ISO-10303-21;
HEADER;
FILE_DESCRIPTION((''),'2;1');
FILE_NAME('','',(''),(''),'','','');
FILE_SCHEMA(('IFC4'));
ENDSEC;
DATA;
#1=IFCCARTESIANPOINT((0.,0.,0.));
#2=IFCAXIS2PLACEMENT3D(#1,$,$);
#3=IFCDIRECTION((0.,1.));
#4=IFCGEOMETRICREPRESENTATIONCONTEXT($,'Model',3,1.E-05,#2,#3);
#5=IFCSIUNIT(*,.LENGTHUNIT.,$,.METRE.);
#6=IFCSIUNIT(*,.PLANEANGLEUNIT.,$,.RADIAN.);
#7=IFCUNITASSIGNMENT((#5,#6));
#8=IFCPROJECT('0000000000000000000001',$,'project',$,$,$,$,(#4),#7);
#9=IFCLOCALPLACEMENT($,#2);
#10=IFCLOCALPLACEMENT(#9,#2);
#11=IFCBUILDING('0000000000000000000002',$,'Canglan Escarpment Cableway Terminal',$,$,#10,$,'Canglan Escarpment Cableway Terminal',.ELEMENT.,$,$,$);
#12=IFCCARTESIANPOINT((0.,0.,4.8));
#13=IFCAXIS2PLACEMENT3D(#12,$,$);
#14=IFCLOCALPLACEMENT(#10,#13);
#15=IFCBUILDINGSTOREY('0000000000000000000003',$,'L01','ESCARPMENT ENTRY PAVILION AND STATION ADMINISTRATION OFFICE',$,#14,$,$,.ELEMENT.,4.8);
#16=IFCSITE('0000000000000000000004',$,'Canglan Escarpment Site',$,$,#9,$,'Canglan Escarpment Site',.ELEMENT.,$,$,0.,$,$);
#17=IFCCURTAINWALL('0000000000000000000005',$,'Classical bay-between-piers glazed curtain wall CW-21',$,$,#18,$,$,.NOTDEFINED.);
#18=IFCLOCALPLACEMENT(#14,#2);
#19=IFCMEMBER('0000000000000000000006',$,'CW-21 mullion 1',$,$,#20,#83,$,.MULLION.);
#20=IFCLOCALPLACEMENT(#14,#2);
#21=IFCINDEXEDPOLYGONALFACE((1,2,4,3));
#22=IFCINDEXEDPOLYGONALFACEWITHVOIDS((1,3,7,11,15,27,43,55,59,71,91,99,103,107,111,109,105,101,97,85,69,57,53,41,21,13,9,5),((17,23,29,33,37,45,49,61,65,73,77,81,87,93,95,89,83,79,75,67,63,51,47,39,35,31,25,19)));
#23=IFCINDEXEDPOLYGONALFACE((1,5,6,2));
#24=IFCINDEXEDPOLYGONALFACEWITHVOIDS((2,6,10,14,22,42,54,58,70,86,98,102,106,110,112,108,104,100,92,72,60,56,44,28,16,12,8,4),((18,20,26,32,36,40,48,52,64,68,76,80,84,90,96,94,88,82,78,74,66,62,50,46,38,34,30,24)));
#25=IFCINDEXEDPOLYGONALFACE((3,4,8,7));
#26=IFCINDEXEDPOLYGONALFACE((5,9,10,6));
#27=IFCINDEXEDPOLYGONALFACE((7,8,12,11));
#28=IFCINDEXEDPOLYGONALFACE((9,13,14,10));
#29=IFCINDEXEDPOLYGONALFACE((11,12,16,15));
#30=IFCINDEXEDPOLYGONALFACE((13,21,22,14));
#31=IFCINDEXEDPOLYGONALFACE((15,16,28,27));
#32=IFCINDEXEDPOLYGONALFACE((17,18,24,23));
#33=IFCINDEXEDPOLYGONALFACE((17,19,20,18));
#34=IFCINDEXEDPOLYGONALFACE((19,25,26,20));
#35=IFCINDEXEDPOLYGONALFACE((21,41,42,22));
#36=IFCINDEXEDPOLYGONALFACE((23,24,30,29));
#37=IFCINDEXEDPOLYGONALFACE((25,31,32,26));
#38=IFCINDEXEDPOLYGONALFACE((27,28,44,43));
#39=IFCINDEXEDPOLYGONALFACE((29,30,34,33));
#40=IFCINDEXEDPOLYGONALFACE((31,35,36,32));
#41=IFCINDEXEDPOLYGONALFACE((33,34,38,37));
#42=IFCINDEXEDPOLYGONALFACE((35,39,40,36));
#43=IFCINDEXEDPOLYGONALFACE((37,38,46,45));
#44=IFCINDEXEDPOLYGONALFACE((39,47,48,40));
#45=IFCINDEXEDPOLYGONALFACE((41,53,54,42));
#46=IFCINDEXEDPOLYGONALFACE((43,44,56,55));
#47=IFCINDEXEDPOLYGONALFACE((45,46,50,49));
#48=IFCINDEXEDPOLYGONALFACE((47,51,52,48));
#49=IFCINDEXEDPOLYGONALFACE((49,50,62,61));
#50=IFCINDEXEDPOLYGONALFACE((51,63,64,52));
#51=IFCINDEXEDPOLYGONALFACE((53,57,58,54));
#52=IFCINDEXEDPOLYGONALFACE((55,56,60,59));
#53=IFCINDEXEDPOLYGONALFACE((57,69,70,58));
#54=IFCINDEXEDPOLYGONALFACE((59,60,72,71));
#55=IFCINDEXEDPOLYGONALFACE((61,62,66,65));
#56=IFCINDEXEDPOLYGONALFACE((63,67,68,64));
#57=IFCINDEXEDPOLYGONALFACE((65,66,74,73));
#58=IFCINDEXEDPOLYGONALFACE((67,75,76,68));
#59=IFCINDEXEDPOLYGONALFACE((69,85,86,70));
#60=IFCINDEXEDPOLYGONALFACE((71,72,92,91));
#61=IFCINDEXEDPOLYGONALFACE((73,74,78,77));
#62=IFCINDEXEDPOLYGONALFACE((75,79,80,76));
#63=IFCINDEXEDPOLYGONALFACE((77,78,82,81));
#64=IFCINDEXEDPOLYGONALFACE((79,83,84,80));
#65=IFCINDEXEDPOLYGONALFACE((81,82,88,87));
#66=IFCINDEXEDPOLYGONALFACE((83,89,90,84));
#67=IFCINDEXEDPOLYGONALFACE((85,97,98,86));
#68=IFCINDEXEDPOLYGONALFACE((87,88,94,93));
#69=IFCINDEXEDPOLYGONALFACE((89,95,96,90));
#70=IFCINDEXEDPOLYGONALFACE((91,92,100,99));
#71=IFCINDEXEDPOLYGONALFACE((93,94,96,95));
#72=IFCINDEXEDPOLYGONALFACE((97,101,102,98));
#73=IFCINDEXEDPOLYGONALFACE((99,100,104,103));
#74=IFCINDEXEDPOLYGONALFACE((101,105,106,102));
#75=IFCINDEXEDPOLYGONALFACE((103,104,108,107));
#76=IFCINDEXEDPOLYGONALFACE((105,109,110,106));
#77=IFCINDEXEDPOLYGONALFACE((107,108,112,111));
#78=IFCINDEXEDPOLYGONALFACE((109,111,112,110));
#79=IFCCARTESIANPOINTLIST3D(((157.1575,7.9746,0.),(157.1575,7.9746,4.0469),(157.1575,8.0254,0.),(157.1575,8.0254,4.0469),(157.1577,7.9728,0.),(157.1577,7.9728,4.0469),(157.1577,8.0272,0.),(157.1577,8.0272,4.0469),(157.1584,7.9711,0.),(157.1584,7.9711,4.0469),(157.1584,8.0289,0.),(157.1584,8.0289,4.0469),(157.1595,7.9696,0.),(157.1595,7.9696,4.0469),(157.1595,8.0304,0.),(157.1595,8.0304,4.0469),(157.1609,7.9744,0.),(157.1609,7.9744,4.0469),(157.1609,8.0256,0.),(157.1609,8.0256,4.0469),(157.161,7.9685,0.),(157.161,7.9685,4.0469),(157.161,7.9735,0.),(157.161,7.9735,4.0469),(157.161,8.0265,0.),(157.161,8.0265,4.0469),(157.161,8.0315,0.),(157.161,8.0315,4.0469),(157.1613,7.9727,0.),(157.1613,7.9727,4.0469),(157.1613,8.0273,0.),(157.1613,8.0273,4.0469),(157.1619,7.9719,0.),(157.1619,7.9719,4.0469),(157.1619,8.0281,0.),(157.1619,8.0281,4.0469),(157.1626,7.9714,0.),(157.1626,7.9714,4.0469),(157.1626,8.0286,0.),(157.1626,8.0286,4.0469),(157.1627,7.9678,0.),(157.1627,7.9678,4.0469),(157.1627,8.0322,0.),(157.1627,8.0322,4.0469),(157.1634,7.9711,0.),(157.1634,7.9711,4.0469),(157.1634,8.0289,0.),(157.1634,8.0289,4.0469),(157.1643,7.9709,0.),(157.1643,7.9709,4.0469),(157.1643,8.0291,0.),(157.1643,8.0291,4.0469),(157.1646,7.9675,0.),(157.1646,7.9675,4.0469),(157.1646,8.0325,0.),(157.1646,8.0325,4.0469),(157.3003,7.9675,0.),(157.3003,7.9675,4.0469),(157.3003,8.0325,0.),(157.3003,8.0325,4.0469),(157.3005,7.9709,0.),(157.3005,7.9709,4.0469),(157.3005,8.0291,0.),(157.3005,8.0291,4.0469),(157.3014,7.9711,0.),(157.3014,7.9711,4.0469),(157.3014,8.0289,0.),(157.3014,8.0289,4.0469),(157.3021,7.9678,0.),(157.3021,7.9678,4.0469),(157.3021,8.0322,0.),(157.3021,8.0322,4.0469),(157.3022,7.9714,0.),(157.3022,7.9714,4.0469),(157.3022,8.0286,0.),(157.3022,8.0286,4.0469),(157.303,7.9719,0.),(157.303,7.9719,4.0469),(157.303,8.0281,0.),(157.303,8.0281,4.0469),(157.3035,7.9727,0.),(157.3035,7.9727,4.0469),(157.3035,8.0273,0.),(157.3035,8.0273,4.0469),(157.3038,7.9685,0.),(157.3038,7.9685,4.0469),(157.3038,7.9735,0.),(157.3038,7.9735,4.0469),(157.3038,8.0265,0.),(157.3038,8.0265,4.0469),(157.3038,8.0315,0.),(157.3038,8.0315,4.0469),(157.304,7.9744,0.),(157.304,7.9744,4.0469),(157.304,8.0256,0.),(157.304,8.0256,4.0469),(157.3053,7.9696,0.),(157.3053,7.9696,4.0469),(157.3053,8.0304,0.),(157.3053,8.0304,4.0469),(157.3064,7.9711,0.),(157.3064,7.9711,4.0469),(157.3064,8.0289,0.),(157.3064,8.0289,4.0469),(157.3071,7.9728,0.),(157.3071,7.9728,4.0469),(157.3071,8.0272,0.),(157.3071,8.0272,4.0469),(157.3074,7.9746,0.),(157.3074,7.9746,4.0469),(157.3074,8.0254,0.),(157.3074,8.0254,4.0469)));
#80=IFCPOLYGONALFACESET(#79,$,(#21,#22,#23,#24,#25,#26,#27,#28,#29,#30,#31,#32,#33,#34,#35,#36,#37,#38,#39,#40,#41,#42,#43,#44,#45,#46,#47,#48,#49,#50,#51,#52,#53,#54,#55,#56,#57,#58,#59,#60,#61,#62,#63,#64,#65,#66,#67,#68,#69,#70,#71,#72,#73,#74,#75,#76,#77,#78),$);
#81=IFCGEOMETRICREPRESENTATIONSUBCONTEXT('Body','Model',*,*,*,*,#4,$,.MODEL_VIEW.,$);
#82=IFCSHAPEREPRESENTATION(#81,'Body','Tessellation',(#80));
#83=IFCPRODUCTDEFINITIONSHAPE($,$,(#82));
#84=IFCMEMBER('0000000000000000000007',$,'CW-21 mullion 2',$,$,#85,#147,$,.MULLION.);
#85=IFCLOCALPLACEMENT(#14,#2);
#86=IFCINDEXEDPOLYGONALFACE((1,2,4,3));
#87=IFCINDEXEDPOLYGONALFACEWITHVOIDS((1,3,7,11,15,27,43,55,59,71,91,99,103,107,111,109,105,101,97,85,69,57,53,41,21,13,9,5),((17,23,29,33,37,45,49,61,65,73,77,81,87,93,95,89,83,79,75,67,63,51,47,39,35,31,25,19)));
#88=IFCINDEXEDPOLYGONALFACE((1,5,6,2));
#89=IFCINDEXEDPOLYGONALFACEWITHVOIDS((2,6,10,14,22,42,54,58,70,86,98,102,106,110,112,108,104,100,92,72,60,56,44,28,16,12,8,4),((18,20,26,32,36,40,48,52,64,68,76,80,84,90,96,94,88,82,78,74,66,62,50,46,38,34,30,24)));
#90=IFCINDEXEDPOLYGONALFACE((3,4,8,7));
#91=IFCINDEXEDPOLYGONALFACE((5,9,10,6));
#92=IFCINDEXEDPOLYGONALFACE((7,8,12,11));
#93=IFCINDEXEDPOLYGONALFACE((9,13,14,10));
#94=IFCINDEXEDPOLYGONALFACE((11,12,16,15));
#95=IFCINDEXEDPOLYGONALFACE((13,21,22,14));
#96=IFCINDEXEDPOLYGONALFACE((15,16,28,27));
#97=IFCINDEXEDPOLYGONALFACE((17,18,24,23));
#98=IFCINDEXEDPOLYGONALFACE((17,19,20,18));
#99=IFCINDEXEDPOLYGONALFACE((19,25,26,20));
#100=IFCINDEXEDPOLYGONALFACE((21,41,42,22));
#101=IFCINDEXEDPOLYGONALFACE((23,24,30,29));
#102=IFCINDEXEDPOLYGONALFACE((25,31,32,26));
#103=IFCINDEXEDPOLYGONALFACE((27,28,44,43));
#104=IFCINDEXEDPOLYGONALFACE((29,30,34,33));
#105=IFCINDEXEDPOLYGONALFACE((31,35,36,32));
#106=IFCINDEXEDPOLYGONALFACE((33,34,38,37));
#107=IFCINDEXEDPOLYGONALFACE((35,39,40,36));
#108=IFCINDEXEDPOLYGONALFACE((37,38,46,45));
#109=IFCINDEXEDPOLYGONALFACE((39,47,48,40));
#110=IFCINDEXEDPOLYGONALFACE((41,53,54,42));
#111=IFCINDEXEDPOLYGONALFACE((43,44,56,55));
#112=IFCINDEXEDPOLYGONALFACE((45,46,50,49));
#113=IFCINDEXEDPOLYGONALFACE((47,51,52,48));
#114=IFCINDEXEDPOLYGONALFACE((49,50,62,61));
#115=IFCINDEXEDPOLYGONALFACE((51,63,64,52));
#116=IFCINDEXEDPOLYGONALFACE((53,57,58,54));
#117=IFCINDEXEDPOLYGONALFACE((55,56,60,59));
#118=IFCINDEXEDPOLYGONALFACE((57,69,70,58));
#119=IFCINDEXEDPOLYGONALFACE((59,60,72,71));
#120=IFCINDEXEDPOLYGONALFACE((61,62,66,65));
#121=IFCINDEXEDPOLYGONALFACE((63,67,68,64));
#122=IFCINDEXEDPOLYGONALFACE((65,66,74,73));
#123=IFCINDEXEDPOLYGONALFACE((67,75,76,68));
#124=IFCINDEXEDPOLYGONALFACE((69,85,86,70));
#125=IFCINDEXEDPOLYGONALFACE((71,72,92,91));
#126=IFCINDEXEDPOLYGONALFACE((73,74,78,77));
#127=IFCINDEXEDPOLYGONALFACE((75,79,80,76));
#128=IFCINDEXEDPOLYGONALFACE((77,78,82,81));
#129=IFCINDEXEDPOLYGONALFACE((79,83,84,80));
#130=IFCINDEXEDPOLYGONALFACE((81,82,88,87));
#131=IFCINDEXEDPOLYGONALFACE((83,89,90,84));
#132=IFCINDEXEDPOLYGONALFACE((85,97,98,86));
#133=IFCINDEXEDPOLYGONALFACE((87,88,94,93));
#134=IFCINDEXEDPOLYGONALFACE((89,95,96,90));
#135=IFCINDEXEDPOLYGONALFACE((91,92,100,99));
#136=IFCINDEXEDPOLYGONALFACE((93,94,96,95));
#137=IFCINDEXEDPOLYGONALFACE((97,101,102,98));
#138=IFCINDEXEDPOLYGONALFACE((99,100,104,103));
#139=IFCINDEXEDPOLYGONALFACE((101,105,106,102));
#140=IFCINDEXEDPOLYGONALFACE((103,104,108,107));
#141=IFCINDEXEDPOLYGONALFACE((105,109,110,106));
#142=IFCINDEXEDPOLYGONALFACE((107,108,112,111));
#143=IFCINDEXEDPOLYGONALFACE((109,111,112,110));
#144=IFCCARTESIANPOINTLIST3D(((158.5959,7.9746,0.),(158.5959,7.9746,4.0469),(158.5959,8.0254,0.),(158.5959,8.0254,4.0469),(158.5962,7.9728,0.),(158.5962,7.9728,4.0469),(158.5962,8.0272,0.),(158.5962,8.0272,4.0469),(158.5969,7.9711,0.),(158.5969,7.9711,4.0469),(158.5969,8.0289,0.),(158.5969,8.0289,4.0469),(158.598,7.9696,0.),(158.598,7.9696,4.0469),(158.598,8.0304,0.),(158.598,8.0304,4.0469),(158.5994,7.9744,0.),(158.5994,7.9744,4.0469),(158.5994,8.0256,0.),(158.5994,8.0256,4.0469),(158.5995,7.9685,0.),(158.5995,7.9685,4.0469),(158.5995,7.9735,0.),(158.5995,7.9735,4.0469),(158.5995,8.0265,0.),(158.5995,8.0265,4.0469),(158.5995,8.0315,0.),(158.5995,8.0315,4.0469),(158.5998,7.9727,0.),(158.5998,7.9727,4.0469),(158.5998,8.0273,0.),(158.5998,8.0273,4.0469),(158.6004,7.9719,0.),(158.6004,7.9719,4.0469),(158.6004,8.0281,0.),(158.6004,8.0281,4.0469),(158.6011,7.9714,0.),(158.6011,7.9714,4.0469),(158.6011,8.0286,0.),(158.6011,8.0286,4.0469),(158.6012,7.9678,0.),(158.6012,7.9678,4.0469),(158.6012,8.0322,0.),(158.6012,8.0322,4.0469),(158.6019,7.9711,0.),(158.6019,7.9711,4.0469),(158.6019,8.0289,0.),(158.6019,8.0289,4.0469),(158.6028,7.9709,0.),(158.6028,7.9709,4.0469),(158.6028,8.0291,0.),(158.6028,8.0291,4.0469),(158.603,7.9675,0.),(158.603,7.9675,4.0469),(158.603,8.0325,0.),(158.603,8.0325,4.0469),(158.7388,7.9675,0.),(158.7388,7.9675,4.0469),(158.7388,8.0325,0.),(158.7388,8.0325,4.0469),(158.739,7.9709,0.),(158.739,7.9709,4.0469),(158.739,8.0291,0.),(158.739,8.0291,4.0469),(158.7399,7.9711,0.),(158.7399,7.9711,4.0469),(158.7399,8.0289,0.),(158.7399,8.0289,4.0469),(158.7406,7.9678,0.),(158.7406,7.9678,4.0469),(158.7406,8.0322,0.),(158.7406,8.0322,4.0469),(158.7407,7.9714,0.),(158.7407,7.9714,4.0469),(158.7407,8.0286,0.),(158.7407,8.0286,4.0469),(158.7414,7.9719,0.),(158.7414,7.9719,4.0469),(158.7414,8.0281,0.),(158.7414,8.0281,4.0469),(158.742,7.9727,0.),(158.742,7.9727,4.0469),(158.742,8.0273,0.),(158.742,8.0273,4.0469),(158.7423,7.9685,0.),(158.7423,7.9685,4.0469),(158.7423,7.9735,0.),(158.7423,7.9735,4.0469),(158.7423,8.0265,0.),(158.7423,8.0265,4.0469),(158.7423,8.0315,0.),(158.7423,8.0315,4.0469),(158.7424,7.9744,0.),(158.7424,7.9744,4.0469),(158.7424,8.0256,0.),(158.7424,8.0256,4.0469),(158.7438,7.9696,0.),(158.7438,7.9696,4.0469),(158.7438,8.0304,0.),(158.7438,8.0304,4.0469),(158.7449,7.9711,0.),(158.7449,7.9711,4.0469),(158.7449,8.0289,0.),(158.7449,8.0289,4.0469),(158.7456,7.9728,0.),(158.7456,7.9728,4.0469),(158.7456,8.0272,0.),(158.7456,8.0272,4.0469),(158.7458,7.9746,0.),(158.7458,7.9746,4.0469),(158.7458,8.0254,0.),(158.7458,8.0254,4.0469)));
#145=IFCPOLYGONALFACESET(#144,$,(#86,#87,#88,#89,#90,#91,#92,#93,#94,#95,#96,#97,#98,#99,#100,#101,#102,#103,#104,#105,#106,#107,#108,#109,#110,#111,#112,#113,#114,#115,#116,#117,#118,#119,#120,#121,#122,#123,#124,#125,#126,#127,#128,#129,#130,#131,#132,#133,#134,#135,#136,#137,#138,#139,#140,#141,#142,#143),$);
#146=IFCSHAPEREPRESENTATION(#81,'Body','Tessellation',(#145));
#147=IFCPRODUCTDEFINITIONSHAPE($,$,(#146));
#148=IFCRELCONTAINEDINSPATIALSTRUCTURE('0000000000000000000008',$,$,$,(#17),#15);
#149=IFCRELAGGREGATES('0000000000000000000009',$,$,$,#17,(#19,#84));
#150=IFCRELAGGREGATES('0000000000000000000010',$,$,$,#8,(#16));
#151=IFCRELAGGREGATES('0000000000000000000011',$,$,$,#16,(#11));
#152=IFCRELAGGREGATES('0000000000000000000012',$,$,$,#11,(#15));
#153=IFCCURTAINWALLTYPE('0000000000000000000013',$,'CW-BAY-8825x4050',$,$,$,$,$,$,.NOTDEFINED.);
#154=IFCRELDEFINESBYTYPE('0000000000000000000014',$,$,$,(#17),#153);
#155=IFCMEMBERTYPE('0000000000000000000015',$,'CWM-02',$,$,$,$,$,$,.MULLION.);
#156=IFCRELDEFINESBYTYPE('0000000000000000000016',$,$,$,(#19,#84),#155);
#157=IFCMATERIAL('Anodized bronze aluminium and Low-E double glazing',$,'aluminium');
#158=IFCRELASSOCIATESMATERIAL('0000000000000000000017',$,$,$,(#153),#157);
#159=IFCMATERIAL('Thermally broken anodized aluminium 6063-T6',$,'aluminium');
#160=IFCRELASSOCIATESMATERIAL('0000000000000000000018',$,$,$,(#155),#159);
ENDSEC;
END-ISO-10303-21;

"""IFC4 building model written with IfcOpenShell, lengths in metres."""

from ifc_helpers import new_model, si_unit, direction, frame, origin, origin_2d, place, context, subcontext, project, spatial, hollow_rectangle, extrude, material, material_profile, profile_set, type_object, element, aggregate, save


model = new_model("IFC4")

# Units and contexts
model_context = context("Model", 3, precision=1e-05, world=origin(), true_north=direction((0.0, 1.0)))
body_context = subcontext(model_context, "Body", "Model", "MODEL_VIEW")
ifc_project = project(units=[si_unit("LENGTHUNIT", "METRE"), si_unit("PLANEANGLEUNIT", "RADIAN")], contexts=[model_context])

# Site, building, storey
site_placement = place(None, origin())
site = spatial("IfcSite", under=ifc_project, at=site_placement, Name="Canglan Escarpment Site", LongName="Canglan Escarpment Site", CompositionType="ELEMENT", RefElevation=0.0)
building_placement = place(site_placement, origin())
building = spatial("IfcBuilding", under=site, at=building_placement, Name="Canglan Escarpment Cableway Terminal", LongName="Canglan Escarpment Cableway Terminal", CompositionType="ELEMENT")
storey_placement = place(building_placement, frame((0.0, 0.0, 4.8)))
storey = spatial("IfcBuildingStorey", under=building, at=storey_placement, Name="L01", Description="ESCARPMENT ENTRY PAVILION AND STATION ADMINISTRATION OFFICE", CompositionType="ELEMENT", Elevation=4.8)

# Curtain wall, members
ifc_material_1 = material(Name="Anodized bronze aluminium and Low-E double glazing", Category="aluminium")
curtain_wall_type = type_object("IfcCurtainWallType", Name="CW-BAY-8825x4050", PredefinedType="NOTDEFINED", material=ifc_material_1)
curtain_wall_placement = place(storey_placement, origin())
curtain_wall = element("IfcCurtainWall", 1, at=curtain_wall_placement, inside=storey, type_object=curtain_wall_type, Name="Classical bay-between-piers glazed curtain wall CW-21", PredefinedType="NOTDEFINED")
ifc_material_2 = material(Name="Thermally broken anodized aluminium 6063-T6", Category="aluminium")
ifc_material_profile_1 = material_profile(ifc_material_2, hollow_rectangle(XDim=0.0649, YDim=0.1499, WallThickness=0.0034, InnerFilletRadius=0.0034, OuterFilletRadius=0.0071, at=origin_2d()), Name="ALU-MULL 65x150x3.5")
ifc_profile_set_1 = profile_set([ifc_material_profile_1], Name="Thermally broken anodized aluminium 6063-T6")
member_type_1 = type_object("IfcMemberType", Name="CWM-02", PredefinedType="MULLION", material=ifc_profile_set_1)
member_1_placement = place(storey_placement, frame((157.2324, 8.0, 0.0), z_axis=(0.0, 0.0, 1.0), x_axis=(0.0, 1.0, 0.0)))
member_1 = element("IfcMember", 2, at=member_1_placement, type_object=member_type_1, Name="CW-21 mullion 1", PredefinedType="MULLION", context=body_context, shape_type="SweptSolid", body=[
    extrude(hollow_rectangle(XDim=0.0649, YDim=0.1499, WallThickness=0.0034, InnerFilletRadius=0.0034, OuterFilletRadius=0.0071, at=origin_2d()), origin(), (0.0, 0.0, 1.0), 4.0469),
])
member_2_placement = place(storey_placement, frame((158.6709, 8.0, 0.0), z_axis=(0.0, 0.0, 1.0), x_axis=(0.0, 1.0, 0.0)))
member_2 = element("IfcMember", 3, at=member_2_placement, type_object=member_type_1, Name="CW-21 mullion 2", PredefinedType="MULLION", context=body_context, shape_type="SweptSolid", body=[
    extrude(hollow_rectangle(XDim=0.0649, YDim=0.1499, WallThickness=0.0034, InnerFilletRadius=0.0034, OuterFilletRadius=0.0071, at=origin_2d()), origin(), (0.0, 0.0, 1.0), 4.0469),
])
aggregate(curtain_wall, [member_1, member_2])

save(model, "model.ifc")
